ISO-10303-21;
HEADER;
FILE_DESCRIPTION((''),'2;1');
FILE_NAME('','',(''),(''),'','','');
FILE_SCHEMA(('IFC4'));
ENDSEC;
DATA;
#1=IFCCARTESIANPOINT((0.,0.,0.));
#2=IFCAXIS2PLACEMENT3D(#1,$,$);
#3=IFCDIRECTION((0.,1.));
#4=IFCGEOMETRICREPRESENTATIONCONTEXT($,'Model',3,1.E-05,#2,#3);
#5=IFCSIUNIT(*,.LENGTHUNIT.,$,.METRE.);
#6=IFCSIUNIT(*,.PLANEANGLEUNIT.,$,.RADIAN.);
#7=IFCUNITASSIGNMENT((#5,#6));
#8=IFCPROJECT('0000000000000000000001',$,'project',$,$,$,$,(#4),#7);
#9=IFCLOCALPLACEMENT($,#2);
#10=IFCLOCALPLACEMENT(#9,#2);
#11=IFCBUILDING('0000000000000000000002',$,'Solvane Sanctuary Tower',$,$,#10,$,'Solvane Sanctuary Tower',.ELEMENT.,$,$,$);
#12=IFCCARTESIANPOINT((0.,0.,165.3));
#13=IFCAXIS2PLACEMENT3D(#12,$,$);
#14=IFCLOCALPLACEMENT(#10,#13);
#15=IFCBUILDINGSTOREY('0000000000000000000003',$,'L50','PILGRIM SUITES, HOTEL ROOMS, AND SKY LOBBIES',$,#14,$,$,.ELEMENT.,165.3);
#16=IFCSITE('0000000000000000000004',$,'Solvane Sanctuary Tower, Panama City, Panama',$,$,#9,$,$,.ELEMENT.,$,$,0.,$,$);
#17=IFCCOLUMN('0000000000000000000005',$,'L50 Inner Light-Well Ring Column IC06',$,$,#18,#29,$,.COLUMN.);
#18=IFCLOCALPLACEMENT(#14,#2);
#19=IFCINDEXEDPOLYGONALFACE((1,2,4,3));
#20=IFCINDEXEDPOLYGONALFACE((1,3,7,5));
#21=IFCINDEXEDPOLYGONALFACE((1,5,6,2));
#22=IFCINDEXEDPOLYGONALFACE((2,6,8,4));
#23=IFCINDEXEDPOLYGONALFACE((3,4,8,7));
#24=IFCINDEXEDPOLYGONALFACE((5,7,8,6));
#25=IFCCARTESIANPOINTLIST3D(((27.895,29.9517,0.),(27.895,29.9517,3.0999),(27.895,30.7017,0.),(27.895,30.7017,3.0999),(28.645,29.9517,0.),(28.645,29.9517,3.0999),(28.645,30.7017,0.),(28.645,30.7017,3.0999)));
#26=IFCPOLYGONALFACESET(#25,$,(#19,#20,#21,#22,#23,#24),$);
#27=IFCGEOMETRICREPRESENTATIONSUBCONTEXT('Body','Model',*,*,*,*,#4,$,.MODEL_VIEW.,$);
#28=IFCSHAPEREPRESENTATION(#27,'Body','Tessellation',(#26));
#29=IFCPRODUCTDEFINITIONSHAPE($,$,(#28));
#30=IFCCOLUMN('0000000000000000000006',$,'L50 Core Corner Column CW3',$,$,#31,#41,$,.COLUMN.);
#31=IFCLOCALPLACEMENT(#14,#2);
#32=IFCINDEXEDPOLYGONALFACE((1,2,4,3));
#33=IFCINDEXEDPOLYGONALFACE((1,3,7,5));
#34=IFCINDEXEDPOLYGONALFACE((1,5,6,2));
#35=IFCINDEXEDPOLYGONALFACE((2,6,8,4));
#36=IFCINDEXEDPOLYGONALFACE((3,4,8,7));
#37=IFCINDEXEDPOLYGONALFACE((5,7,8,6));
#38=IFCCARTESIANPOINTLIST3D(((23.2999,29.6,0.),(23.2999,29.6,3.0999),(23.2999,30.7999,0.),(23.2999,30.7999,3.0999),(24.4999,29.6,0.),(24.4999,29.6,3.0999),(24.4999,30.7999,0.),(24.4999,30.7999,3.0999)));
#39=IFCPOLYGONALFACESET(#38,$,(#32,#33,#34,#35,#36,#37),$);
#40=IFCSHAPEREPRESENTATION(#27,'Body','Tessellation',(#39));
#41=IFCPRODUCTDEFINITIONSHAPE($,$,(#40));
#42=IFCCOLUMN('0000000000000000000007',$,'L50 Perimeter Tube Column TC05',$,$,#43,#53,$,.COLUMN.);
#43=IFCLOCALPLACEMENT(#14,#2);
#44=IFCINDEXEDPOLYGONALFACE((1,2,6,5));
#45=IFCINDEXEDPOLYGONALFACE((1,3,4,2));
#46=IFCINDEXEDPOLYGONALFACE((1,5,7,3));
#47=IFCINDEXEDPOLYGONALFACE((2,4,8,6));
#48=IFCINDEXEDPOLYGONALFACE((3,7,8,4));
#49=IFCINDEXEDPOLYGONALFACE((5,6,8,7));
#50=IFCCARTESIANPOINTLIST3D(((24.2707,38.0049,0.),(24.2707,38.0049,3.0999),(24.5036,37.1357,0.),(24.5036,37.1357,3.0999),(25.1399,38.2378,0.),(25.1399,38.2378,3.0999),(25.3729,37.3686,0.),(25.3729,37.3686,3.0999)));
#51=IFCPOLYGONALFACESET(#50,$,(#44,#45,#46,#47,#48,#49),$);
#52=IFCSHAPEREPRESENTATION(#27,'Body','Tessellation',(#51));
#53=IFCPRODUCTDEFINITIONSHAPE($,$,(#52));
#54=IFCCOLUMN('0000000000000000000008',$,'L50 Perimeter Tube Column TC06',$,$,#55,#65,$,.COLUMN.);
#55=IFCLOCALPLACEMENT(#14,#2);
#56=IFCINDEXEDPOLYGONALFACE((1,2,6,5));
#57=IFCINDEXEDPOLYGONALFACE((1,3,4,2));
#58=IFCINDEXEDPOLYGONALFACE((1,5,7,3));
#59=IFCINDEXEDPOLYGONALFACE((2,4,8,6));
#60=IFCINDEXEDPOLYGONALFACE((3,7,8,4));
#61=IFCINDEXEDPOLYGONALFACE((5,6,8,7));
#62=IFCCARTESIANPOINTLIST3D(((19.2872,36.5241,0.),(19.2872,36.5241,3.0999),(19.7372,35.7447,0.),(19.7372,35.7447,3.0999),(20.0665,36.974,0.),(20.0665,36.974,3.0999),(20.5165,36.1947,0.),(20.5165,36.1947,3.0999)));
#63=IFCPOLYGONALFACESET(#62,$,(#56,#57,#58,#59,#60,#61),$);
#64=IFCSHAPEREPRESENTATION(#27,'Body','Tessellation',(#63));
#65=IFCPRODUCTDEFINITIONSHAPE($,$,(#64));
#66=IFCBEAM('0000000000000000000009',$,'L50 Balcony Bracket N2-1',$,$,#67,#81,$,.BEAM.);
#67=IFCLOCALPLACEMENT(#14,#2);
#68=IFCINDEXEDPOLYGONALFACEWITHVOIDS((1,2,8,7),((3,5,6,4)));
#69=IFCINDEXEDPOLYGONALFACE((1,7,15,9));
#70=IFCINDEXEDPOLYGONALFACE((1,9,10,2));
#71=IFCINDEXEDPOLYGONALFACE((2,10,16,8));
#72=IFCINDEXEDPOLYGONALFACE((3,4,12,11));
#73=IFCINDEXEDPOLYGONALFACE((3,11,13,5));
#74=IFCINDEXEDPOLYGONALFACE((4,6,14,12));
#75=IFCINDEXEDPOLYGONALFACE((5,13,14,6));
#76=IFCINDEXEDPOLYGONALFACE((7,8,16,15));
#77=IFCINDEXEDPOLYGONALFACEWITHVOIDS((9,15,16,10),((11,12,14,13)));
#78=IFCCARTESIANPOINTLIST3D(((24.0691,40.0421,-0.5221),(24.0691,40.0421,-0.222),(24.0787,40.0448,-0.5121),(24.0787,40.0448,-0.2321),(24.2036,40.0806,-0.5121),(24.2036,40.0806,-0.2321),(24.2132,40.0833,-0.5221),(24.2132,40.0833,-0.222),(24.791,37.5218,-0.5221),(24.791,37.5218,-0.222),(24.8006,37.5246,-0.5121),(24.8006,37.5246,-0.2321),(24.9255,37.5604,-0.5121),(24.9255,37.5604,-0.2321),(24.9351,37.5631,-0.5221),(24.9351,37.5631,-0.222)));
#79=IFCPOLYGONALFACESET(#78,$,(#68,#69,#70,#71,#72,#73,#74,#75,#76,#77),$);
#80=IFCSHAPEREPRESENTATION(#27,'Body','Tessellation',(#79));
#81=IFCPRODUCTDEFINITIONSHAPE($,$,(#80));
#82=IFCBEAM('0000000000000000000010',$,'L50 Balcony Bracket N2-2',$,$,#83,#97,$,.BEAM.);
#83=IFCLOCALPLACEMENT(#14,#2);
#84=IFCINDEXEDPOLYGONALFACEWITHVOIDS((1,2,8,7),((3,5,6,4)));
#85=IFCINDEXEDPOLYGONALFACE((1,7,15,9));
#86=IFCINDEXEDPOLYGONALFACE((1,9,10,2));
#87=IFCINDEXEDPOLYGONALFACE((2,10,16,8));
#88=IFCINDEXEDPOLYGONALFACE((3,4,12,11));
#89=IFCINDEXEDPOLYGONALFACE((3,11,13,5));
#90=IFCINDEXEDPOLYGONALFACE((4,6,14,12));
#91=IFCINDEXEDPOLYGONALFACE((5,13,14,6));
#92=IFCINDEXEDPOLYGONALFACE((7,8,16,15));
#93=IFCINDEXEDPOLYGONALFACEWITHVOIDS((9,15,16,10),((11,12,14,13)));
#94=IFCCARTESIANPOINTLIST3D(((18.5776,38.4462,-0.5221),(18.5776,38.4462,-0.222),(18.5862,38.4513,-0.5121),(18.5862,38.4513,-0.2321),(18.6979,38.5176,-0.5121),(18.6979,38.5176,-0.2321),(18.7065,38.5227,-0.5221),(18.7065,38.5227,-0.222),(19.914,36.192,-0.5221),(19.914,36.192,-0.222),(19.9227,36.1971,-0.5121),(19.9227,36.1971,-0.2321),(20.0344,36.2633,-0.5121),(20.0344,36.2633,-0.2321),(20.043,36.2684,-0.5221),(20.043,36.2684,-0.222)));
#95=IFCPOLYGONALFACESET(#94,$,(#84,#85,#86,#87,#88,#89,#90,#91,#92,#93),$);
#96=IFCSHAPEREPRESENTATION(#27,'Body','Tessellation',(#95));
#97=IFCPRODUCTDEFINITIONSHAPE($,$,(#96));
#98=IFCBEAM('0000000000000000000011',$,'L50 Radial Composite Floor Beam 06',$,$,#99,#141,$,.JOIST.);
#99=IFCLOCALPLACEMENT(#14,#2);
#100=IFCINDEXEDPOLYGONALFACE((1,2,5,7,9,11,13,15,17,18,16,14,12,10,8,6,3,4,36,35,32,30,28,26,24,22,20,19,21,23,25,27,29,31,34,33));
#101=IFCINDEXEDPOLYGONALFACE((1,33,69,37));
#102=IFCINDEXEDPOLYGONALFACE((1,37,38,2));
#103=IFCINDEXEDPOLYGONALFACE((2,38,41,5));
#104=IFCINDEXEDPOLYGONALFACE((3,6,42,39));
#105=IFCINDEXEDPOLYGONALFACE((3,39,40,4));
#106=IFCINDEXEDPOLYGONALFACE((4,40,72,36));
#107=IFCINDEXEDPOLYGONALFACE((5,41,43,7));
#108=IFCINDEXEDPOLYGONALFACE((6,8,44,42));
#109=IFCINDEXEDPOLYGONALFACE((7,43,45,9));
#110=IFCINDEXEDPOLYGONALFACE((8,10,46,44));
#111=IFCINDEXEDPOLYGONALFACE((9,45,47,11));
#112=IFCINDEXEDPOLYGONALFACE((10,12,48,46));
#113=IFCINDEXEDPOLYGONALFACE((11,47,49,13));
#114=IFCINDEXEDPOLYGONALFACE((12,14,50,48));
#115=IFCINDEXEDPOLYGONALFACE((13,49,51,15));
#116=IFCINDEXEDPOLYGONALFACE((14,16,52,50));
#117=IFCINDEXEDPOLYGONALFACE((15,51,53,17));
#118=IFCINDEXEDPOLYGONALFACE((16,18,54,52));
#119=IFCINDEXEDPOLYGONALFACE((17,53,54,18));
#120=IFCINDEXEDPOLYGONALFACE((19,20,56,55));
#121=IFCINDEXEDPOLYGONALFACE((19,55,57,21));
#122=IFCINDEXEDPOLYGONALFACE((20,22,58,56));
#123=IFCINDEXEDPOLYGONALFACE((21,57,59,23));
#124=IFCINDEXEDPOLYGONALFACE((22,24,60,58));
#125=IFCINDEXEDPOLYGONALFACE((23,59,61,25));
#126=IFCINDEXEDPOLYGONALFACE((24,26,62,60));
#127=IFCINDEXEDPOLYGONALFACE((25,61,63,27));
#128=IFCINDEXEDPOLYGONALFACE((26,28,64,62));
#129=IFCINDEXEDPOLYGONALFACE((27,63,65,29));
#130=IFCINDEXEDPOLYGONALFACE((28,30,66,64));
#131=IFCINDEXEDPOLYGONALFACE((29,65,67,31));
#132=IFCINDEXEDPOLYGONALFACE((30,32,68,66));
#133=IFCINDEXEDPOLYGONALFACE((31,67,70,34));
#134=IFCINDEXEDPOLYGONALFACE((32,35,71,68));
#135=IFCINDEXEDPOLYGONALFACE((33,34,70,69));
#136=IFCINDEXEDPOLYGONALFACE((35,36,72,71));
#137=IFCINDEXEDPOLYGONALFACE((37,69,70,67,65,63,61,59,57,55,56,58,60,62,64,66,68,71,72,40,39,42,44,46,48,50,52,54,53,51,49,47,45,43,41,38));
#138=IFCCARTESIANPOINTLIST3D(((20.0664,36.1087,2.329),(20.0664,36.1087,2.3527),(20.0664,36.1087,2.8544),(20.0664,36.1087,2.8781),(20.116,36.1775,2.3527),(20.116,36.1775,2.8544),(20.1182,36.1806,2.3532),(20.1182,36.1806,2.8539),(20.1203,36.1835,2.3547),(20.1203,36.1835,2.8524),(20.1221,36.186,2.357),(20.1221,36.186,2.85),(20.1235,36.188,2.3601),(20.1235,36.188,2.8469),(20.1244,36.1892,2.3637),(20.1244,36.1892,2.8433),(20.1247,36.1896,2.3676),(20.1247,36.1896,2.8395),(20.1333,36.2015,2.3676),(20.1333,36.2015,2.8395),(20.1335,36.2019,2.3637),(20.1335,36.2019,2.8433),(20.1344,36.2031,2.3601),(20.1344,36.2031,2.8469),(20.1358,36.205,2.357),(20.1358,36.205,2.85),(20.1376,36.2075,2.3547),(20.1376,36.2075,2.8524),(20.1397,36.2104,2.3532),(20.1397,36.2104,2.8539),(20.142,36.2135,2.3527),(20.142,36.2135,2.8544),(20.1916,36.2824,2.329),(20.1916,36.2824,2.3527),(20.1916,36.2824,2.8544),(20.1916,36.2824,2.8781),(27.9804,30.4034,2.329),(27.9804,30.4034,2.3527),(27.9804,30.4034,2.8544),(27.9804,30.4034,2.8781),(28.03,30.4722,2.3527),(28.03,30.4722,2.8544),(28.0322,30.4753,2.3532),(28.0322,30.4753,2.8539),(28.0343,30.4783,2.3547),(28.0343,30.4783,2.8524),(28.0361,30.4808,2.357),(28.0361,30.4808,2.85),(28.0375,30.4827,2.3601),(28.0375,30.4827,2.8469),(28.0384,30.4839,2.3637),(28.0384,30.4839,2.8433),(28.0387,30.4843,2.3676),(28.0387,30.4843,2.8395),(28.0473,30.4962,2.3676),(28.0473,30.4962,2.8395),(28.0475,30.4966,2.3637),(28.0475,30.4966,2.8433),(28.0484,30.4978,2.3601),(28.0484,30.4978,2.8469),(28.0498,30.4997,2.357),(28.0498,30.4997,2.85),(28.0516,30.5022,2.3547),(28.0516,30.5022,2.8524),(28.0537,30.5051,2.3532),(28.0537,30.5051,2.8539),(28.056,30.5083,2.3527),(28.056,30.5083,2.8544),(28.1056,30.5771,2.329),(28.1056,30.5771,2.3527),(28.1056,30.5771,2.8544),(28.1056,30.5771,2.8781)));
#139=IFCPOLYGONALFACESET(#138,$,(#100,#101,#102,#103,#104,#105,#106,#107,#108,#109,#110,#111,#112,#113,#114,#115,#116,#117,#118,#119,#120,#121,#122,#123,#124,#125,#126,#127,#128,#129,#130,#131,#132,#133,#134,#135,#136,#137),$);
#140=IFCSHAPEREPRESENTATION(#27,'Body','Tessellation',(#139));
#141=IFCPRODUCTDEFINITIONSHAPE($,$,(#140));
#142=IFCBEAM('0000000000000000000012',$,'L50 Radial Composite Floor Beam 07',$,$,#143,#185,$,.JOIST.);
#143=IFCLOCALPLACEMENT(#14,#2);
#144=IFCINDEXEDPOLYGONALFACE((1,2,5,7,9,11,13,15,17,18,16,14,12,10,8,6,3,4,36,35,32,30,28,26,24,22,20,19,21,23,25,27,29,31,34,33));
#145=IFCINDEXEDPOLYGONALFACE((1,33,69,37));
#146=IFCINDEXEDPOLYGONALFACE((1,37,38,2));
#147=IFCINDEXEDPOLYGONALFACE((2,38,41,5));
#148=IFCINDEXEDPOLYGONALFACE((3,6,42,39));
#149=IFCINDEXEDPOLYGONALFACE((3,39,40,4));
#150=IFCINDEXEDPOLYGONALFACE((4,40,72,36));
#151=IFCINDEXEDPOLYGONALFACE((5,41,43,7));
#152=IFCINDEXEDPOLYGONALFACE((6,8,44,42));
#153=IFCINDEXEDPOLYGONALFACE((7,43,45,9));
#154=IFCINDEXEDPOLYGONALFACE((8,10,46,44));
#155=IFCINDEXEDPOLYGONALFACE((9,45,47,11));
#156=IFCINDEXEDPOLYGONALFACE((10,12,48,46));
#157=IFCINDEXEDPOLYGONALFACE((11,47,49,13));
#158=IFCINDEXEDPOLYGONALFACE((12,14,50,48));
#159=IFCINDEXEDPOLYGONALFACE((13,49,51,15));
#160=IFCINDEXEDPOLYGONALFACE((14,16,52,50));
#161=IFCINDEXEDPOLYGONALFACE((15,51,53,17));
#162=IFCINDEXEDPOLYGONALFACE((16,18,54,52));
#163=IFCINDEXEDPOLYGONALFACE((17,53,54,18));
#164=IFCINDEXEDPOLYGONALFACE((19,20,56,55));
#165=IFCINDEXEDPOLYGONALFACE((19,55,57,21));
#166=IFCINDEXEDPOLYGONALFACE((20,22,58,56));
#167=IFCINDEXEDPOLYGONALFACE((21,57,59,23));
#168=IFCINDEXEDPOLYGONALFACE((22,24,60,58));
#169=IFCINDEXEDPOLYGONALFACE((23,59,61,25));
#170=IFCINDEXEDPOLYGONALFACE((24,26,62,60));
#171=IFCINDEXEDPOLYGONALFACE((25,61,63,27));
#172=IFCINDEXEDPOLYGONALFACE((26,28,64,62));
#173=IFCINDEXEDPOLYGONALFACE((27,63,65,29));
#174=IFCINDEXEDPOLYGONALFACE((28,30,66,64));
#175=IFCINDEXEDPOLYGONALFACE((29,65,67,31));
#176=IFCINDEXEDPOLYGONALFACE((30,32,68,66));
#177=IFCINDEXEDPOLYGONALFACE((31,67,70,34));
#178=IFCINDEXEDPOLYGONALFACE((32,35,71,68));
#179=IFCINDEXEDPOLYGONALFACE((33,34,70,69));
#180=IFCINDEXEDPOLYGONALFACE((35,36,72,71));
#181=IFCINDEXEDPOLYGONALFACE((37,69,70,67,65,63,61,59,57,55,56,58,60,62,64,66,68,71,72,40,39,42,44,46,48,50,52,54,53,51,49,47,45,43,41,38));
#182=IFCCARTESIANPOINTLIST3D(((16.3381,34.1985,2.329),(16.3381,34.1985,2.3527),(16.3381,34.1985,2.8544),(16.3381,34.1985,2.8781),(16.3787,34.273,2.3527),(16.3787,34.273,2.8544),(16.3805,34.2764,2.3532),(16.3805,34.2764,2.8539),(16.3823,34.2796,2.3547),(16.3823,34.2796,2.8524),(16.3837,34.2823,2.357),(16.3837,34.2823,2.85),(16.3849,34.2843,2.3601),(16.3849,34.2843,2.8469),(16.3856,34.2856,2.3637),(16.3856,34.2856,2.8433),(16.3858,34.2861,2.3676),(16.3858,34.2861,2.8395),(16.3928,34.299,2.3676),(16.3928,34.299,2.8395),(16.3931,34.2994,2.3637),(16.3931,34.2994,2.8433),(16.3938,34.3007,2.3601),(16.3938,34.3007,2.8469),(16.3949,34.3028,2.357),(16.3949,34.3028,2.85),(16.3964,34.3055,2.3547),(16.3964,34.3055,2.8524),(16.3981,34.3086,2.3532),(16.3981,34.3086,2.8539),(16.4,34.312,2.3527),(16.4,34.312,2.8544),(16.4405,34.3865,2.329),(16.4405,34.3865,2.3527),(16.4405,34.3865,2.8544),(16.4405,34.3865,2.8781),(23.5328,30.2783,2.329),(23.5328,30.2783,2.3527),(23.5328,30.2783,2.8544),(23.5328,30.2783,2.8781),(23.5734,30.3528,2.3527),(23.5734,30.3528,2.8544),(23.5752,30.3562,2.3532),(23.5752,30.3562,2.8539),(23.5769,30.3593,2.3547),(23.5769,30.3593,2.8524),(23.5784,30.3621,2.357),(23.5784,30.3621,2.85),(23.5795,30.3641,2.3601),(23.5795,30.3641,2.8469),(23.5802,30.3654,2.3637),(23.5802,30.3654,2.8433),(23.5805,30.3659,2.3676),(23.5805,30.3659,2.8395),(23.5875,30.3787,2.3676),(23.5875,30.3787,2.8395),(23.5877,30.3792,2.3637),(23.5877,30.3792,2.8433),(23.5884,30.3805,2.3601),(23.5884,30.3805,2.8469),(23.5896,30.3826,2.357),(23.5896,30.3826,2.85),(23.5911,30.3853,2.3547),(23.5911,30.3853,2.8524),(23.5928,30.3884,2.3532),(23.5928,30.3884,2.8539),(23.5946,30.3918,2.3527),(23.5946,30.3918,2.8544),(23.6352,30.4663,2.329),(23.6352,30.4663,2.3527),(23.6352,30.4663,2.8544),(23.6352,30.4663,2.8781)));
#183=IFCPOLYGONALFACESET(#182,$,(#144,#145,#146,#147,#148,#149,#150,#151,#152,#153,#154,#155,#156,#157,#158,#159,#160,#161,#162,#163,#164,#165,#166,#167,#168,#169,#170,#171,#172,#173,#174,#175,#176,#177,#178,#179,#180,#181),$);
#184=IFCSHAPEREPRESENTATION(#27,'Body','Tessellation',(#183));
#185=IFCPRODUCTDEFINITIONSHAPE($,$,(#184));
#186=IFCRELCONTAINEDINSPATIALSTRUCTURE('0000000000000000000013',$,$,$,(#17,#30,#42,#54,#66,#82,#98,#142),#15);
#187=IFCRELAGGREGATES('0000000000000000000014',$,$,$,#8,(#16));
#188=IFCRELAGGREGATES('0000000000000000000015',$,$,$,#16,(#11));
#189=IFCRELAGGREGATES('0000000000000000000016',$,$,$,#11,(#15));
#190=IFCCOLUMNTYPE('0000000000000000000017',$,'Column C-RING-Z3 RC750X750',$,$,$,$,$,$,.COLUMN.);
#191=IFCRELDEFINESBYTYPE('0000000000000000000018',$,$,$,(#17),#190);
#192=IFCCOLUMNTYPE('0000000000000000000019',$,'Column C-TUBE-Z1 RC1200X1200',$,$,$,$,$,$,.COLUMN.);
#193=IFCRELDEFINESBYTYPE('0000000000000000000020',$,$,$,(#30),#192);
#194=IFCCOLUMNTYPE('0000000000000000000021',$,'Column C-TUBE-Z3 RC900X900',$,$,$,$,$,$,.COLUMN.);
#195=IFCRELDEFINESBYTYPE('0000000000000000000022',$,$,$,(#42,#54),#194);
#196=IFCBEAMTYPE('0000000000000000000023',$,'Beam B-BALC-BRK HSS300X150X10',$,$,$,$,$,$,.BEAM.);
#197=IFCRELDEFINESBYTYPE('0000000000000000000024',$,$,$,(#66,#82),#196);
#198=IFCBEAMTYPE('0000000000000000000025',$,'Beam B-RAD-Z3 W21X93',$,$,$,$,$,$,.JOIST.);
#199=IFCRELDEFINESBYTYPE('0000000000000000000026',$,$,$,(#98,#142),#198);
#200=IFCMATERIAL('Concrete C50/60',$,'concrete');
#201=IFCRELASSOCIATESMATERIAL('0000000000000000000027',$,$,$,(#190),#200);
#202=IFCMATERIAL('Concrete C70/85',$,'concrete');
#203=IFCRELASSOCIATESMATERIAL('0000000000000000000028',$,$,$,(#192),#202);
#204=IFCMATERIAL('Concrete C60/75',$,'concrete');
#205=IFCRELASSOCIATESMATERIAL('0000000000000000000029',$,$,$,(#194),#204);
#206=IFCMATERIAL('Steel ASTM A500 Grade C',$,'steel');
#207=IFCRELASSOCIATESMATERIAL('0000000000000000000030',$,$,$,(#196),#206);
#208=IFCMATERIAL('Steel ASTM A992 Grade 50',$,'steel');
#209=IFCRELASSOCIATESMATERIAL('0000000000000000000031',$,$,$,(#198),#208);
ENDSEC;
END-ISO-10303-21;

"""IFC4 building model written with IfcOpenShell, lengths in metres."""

from ifc_helpers import new_model, si_unit, direction, frame, origin, origin_2d, place, context, subcontext, project, spatial, rectangle, hollow_rectangle, i_section, extrude, material, material_profile, profile_set, type_object, element, save


model = new_model("IFC4")

# Units and contexts
model_context = context("Model", 3, precision=1e-05, world=origin(), true_north=direction((0.0, 1.0)))
body_context = subcontext(model_context, "Body", "Model", "MODEL_VIEW")
ifc_project = project(units=[si_unit("LENGTHUNIT", "METRE"), si_unit("PLANEANGLEUNIT", "RADIAN")], contexts=[model_context])

# Site, building, storey
site_placement = place(None, origin())
site = spatial("IfcSite", under=ifc_project, at=site_placement, Name="Solvane Sanctuary Tower, Panama City, Panama", CompositionType="ELEMENT", RefElevation=0.0)
building_placement = place(site_placement, origin())
building = spatial("IfcBuilding", under=site, at=building_placement, Name="Solvane Sanctuary Tower", LongName="Solvane Sanctuary Tower", CompositionType="ELEMENT")
storey_placement = place(building_placement, frame((0.0, 0.0, 165.3)))
storey = spatial("IfcBuildingStorey", under=building, at=storey_placement, Name="L50", Description="PILGRIM SUITES, HOTEL ROOMS, AND SKY LOBBIES", CompositionType="ELEMENT", Elevation=165.3)

# Columns
ifc_material_1 = material(Name="Concrete C50/60", Category="concrete")
ifc_material_profile_1 = material_profile(ifc_material_1, rectangle(XDim=0.75, YDim=0.75, at=origin_2d()), Name="RC750X750")
ifc_profile_set_1 = profile_set([ifc_material_profile_1], Name="Concrete C50/60")
column_type_1 = type_object("IfcColumnType", Name="Column C-RING-Z3 RC750X750", PredefinedType="COLUMN", material=ifc_profile_set_1)
column_1_placement = place(storey_placement, frame((28.27, 30.3267, 0.0), z_axis=(0.0, 0.0, 1.0), x_axis=(1.0, 0.0, 0.0)))
element("IfcColumn", 1, at=column_1_placement, inside=storey, type_object=column_type_1, Name="L50 Inner Light-Well Ring Column IC06", PredefinedType="COLUMN", context=body_context, shape_type="SweptSolid", body=[
    extrude(rectangle(XDim=0.75, YDim=0.75, at=origin_2d()), origin(), (0.0, 0.0, 1.0), 3.0999),
])
ifc_material_2 = material(Name="Concrete C70/85", Category="concrete")
ifc_material_profile_2 = material_profile(ifc_material_2, rectangle(XDim=1.2, YDim=1.2, at=origin_2d()), Name="RC1200X1200")
ifc_profile_set_2 = profile_set([ifc_material_profile_2], Name="Concrete C70/85")
column_type_2 = type_object("IfcColumnType", Name="Column C-TUBE-Z1 RC1200X1200", PredefinedType="COLUMN", material=ifc_profile_set_2)
column_2_placement = place(storey_placement, frame((23.8999, 30.2, 0.0), z_axis=(0.0, 0.0, 1.0), x_axis=(1.0, 0.0, 0.0)))
element("IfcColumn", 2, at=column_2_placement, inside=storey, type_object=column_type_2, Name="L50 Core Corner Column CW3", PredefinedType="COLUMN", context=body_context, shape_type="SweptSolid", body=[
    extrude(rectangle(XDim=1.2, YDim=1.2, at=origin_2d()), origin(), (0.0, 0.0, 1.0), 3.0999),
])
ifc_material_3 = material(Name="Concrete C60/75", Category="concrete")
ifc_material_profile_3 = material_profile(ifc_material_3, rectangle(XDim=0.8999, YDim=0.8999, at=origin_2d()), Name="RC900X900")
ifc_profile_set_3 = profile_set([ifc_material_profile_3], Name="Concrete C60/75")
column_type_3 = type_object("IfcColumnType", Name="Column C-TUBE-Z3 RC900X900", PredefinedType="COLUMN", material=ifc_profile_set_3)
for number, where, z_axis, x_axis, name in (
    (3, (24.8218, 37.6868, 0.0), (0.0, 0.0, 1.0), (-0.258819, 0.965926, 0.0), "L50 Perimeter Tube Column TC05"),
    (4, (19.9019, 36.3594, 0.0), (0.0, 0.0, 1.0), (-0.5, 0.866025, 0.0), "L50 Perimeter Tube Column TC06"),
):
    element("IfcColumn", number, at=place(storey_placement, frame(where, z_axis=z_axis, x_axis=x_axis)), inside=storey, type_object=column_type_3, Name=name, PredefinedType="COLUMN", context=body_context, shape_type="SweptSolid", body=[
        extrude(rectangle(XDim=0.8999, YDim=0.8999, at=origin_2d()), origin(), (0.0, 0.0, 1.0), 3.0999),
    ])

# Beams
ifc_material_4 = material(Name="Steel ASTM A500 Grade C", Category="steel")
ifc_material_profile_4 = material_profile(ifc_material_4, hollow_rectangle(XDim=0.1499, YDim=0.3, WallThickness=0.01, at=origin_2d()), Name="HSS300X150X10")
ifc_profile_set_4 = profile_set([ifc_material_profile_4], Name="Steel ASTM A500 Grade C")
beam_type_1 = type_object("IfcBeamType", Name="Beam B-BALC-BRK HSS300X150X10", PredefinedType="BEAM", material=ifc_profile_set_4)
beam_1_placement = place(storey_placement, frame((24.863, 37.5425, -0.3721), z_axis=(-0.275373, 0.961337, 0.0), x_axis=(-0.961337, -0.275373, 0.0)))
element("IfcBeam", 5, at=beam_1_placement, inside=storey, type_object=beam_type_1, Name="L50 Balcony Bracket N2-1", PredefinedType="BEAM", context=body_context, shape_type="SweptSolid", body=[
    extrude(hollow_rectangle(XDim=0.1499, YDim=0.3, WallThickness=0.01, at=origin_2d()), origin(), (0.0, 0.0, 1.0), 2.6216),
])
beam_2_placement = place(storey_placement, frame((19.9785, 36.2302, -0.3721), z_axis=(-0.509981, 0.860186, 0.0), x_axis=(-0.860186, -0.509981, 0.0)))
element("IfcBeam", 6, at=beam_2_placement, inside=storey, type_object=beam_type_1, Name="L50 Balcony Bracket N2-2", PredefinedType="BEAM", context=body_context, shape_type="SweptSolid", body=[
    extrude(hollow_rectangle(XDim=0.1499, YDim=0.3, WallThickness=0.01, at=origin_2d()), origin(), (0.0, 0.0, 1.0), 2.6206),
])
ifc_material_5 = material(Name="Steel ASTM A992 Grade 50", Category="steel")
ifc_material_profile_5 = material_profile(ifc_material_5, i_section(OverallWidth=0.2141, OverallDepth=0.5491, WebThickness=0.0146, FlangeThickness=0.0237, FilletRadius=0.0149, at=origin_2d()), Name="W21X93")
ifc_profile_set_5 = profile_set([ifc_material_profile_5], Name="Steel ASTM A992 Grade 50")
beam_type_2 = type_object("IfcBeamType", Name="Beam B-RAD-Z3 W21X93", PredefinedType="JOIST", material=ifc_profile_set_5)
beam_3_placement = place(storey_placement, frame((28.043, 30.4902, 2.6035), z_axis=(-0.811184, 0.58479, 0.0), x_axis=(-0.58479, -0.811184, 0.0)))
element("IfcBeam", 7, at=beam_3_placement, inside=storey, type_object=beam_type_2, Name="L50 Radial Composite Floor Beam 06", PredefinedType="JOIST", context=body_context, shape_type="SweptSolid", body=[
    extrude(i_section(OverallWidth=0.2141, OverallDepth=0.5491, WebThickness=0.0146, FlangeThickness=0.0237, FilletRadius=0.0149, at=origin_2d()), origin(), (0.0, 0.0, 1.0), 9.7561),
])
beam_4_placement = place(storey_placement, frame((23.584, 30.3723, 2.6035), z_axis=(-0.878108, 0.478462, 0.0), x_axis=(-0.478462, -0.878108, 0.0)))
element("IfcBeam", 8, at=beam_4_placement, inside=storey, type_object=beam_type_2, Name="L50 Radial Composite Floor Beam 07", PredefinedType="JOIST", context=body_context, shape_type="SweptSolid", body=[
    extrude(i_section(OverallWidth=0.2141, OverallDepth=0.5491, WebThickness=0.0146, FlangeThickness=0.0237, FilletRadius=0.0149, at=origin_2d()), origin(), (0.0, 0.0, 1.0), 8.1934),
])

save(model, "model.ifc")
